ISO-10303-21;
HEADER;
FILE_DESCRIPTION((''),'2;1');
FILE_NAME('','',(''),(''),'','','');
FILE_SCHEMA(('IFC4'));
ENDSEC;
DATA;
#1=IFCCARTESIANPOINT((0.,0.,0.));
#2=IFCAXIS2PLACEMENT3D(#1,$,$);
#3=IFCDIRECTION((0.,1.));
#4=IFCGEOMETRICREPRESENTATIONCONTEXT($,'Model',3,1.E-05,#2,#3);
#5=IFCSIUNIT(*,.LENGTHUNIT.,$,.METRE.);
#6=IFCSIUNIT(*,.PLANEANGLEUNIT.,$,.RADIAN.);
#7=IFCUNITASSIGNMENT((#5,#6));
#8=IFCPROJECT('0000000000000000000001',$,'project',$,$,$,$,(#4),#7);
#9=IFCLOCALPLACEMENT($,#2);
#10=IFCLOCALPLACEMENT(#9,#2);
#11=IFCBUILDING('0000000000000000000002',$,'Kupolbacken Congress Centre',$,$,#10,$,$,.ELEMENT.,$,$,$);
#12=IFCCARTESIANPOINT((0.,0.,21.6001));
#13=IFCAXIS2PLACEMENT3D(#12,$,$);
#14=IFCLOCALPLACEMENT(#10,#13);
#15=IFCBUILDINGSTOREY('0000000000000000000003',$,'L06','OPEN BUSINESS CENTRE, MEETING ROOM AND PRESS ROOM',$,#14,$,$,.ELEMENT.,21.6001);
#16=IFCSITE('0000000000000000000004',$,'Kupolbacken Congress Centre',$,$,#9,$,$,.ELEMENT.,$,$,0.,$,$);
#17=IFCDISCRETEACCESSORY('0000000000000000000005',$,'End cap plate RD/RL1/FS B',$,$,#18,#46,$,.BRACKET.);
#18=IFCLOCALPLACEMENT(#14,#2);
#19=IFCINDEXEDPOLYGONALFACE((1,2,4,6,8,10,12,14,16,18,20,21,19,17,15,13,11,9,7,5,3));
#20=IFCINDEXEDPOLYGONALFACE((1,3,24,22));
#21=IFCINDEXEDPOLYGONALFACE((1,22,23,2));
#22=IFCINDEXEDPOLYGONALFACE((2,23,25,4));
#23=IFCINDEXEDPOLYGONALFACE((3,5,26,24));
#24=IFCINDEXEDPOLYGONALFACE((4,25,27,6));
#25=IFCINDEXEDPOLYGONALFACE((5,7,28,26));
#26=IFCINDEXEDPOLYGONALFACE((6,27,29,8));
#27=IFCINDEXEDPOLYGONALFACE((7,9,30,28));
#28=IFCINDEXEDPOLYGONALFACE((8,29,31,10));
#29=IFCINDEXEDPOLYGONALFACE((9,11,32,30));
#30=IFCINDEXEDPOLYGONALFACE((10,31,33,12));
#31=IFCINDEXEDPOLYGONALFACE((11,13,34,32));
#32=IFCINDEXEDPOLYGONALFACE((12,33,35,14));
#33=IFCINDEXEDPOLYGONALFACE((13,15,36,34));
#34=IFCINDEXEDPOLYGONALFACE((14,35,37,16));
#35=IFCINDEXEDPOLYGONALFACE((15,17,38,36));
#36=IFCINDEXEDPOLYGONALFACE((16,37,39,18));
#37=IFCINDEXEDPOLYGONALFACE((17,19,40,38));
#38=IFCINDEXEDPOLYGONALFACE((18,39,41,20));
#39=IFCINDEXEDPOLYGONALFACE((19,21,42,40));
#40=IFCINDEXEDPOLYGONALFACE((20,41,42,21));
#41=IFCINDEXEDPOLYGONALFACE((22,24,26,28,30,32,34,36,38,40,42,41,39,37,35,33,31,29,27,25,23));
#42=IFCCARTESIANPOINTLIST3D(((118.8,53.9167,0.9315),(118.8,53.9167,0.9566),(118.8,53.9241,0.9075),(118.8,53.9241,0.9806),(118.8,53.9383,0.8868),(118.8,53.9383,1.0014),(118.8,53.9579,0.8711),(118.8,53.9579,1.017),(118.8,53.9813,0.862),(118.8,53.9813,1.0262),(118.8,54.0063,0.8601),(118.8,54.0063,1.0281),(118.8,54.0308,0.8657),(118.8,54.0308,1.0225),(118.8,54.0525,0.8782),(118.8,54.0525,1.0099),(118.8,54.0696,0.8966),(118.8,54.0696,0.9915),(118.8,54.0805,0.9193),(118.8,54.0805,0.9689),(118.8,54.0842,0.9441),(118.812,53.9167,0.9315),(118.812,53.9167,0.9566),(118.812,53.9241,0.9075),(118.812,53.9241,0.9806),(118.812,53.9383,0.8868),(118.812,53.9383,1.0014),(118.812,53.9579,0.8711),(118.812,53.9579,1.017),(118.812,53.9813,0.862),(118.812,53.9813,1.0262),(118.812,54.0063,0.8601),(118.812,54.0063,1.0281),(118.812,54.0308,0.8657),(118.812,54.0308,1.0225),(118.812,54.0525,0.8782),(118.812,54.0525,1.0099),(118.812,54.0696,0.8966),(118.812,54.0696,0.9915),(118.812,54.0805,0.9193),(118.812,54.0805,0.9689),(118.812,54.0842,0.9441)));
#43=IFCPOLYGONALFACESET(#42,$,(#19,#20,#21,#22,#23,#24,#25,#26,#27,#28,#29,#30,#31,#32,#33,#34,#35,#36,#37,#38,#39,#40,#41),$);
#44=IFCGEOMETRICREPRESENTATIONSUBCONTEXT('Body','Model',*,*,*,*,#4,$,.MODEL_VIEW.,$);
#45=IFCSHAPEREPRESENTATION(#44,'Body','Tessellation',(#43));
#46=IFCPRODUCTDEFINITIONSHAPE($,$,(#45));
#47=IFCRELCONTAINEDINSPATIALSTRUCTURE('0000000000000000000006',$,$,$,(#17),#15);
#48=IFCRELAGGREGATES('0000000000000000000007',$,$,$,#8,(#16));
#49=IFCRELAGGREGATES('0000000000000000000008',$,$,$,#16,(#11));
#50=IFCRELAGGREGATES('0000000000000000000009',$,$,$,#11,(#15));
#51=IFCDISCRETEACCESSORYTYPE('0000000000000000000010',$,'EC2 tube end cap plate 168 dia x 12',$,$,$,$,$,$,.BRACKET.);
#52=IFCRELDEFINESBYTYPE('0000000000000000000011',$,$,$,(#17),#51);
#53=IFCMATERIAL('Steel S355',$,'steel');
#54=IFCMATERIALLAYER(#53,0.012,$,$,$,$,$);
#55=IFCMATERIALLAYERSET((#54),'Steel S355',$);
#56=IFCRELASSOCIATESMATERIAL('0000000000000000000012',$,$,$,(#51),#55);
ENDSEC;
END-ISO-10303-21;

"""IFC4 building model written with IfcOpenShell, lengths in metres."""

from ifc_helpers import new_model, si_unit, direction, frame, origin, origin_2d, place, context, subcontext, project, spatial, circle, extrude, material, layer, layer_set, type_object, element, save


model = new_model("IFC4")

# Units and contexts
model_context = context("Model", 3, precision=1e-05, world=origin(), true_north=direction((0.0, 1.0)))
body_context = subcontext(model_context, "Body", "Model", "MODEL_VIEW")
ifc_project = project(units=[si_unit("LENGTHUNIT", "METRE"), si_unit("PLANEANGLEUNIT", "RADIAN")], contexts=[model_context])

# Site, building, storey
site_placement = place(None, origin())
site = spatial("IfcSite", under=ifc_project, at=site_placement, Name="Kupolbacken Congress Centre", CompositionType="ELEMENT", RefElevation=0.0)
building_placement = place(site_placement, origin())
building = spatial("IfcBuilding", under=site, at=building_placement, Name="Kupolbacken Congress Centre", CompositionType="ELEMENT")
storey_placement = place(building_placement, frame((0.0, 0.0, 21.6001)))
storey = spatial("IfcBuildingStorey", under=building, at=storey_placement, Name="L06", Description="OPEN BUSINESS CENTRE, MEETING ROOM AND PRESS ROOM", CompositionType="ELEMENT", Elevation=21.6001)

# Discrete accessory
ifc_material_1 = material(Name="Steel S355", Category="steel")
ifc_layer_1 = layer(ifc_material_1, 0.012)
ifc_layer_set_1 = layer_set([ifc_layer_1], Name="Steel S355")
discrete_accessory_type = type_object("IfcDiscreteAccessoryType", Name="EC2 tube end cap plate 168 dia x 12", PredefinedType="BRACKET", material=ifc_layer_set_1)
discrete_accessory_1_placement = place(storey_placement, frame((118.8, 54.0, 0.9441), z_axis=(1.0, 0.0, 0.0), x_axis=(0.0, 1.0, 0.0)))
element("IfcDiscreteAccessory", 1, at=discrete_accessory_1_placement, inside=storey, type_object=discrete_accessory_type, Name="End cap plate RD/RL1/FS B", PredefinedType="BRACKET", context=body_context, shape_type="SweptSolid", body=[
    extrude(circle(Radius=0.0842, at=origin_2d()), origin(), (0.0, 0.0, 1.0), 0.012),
])

save(model, "model.ifc")
